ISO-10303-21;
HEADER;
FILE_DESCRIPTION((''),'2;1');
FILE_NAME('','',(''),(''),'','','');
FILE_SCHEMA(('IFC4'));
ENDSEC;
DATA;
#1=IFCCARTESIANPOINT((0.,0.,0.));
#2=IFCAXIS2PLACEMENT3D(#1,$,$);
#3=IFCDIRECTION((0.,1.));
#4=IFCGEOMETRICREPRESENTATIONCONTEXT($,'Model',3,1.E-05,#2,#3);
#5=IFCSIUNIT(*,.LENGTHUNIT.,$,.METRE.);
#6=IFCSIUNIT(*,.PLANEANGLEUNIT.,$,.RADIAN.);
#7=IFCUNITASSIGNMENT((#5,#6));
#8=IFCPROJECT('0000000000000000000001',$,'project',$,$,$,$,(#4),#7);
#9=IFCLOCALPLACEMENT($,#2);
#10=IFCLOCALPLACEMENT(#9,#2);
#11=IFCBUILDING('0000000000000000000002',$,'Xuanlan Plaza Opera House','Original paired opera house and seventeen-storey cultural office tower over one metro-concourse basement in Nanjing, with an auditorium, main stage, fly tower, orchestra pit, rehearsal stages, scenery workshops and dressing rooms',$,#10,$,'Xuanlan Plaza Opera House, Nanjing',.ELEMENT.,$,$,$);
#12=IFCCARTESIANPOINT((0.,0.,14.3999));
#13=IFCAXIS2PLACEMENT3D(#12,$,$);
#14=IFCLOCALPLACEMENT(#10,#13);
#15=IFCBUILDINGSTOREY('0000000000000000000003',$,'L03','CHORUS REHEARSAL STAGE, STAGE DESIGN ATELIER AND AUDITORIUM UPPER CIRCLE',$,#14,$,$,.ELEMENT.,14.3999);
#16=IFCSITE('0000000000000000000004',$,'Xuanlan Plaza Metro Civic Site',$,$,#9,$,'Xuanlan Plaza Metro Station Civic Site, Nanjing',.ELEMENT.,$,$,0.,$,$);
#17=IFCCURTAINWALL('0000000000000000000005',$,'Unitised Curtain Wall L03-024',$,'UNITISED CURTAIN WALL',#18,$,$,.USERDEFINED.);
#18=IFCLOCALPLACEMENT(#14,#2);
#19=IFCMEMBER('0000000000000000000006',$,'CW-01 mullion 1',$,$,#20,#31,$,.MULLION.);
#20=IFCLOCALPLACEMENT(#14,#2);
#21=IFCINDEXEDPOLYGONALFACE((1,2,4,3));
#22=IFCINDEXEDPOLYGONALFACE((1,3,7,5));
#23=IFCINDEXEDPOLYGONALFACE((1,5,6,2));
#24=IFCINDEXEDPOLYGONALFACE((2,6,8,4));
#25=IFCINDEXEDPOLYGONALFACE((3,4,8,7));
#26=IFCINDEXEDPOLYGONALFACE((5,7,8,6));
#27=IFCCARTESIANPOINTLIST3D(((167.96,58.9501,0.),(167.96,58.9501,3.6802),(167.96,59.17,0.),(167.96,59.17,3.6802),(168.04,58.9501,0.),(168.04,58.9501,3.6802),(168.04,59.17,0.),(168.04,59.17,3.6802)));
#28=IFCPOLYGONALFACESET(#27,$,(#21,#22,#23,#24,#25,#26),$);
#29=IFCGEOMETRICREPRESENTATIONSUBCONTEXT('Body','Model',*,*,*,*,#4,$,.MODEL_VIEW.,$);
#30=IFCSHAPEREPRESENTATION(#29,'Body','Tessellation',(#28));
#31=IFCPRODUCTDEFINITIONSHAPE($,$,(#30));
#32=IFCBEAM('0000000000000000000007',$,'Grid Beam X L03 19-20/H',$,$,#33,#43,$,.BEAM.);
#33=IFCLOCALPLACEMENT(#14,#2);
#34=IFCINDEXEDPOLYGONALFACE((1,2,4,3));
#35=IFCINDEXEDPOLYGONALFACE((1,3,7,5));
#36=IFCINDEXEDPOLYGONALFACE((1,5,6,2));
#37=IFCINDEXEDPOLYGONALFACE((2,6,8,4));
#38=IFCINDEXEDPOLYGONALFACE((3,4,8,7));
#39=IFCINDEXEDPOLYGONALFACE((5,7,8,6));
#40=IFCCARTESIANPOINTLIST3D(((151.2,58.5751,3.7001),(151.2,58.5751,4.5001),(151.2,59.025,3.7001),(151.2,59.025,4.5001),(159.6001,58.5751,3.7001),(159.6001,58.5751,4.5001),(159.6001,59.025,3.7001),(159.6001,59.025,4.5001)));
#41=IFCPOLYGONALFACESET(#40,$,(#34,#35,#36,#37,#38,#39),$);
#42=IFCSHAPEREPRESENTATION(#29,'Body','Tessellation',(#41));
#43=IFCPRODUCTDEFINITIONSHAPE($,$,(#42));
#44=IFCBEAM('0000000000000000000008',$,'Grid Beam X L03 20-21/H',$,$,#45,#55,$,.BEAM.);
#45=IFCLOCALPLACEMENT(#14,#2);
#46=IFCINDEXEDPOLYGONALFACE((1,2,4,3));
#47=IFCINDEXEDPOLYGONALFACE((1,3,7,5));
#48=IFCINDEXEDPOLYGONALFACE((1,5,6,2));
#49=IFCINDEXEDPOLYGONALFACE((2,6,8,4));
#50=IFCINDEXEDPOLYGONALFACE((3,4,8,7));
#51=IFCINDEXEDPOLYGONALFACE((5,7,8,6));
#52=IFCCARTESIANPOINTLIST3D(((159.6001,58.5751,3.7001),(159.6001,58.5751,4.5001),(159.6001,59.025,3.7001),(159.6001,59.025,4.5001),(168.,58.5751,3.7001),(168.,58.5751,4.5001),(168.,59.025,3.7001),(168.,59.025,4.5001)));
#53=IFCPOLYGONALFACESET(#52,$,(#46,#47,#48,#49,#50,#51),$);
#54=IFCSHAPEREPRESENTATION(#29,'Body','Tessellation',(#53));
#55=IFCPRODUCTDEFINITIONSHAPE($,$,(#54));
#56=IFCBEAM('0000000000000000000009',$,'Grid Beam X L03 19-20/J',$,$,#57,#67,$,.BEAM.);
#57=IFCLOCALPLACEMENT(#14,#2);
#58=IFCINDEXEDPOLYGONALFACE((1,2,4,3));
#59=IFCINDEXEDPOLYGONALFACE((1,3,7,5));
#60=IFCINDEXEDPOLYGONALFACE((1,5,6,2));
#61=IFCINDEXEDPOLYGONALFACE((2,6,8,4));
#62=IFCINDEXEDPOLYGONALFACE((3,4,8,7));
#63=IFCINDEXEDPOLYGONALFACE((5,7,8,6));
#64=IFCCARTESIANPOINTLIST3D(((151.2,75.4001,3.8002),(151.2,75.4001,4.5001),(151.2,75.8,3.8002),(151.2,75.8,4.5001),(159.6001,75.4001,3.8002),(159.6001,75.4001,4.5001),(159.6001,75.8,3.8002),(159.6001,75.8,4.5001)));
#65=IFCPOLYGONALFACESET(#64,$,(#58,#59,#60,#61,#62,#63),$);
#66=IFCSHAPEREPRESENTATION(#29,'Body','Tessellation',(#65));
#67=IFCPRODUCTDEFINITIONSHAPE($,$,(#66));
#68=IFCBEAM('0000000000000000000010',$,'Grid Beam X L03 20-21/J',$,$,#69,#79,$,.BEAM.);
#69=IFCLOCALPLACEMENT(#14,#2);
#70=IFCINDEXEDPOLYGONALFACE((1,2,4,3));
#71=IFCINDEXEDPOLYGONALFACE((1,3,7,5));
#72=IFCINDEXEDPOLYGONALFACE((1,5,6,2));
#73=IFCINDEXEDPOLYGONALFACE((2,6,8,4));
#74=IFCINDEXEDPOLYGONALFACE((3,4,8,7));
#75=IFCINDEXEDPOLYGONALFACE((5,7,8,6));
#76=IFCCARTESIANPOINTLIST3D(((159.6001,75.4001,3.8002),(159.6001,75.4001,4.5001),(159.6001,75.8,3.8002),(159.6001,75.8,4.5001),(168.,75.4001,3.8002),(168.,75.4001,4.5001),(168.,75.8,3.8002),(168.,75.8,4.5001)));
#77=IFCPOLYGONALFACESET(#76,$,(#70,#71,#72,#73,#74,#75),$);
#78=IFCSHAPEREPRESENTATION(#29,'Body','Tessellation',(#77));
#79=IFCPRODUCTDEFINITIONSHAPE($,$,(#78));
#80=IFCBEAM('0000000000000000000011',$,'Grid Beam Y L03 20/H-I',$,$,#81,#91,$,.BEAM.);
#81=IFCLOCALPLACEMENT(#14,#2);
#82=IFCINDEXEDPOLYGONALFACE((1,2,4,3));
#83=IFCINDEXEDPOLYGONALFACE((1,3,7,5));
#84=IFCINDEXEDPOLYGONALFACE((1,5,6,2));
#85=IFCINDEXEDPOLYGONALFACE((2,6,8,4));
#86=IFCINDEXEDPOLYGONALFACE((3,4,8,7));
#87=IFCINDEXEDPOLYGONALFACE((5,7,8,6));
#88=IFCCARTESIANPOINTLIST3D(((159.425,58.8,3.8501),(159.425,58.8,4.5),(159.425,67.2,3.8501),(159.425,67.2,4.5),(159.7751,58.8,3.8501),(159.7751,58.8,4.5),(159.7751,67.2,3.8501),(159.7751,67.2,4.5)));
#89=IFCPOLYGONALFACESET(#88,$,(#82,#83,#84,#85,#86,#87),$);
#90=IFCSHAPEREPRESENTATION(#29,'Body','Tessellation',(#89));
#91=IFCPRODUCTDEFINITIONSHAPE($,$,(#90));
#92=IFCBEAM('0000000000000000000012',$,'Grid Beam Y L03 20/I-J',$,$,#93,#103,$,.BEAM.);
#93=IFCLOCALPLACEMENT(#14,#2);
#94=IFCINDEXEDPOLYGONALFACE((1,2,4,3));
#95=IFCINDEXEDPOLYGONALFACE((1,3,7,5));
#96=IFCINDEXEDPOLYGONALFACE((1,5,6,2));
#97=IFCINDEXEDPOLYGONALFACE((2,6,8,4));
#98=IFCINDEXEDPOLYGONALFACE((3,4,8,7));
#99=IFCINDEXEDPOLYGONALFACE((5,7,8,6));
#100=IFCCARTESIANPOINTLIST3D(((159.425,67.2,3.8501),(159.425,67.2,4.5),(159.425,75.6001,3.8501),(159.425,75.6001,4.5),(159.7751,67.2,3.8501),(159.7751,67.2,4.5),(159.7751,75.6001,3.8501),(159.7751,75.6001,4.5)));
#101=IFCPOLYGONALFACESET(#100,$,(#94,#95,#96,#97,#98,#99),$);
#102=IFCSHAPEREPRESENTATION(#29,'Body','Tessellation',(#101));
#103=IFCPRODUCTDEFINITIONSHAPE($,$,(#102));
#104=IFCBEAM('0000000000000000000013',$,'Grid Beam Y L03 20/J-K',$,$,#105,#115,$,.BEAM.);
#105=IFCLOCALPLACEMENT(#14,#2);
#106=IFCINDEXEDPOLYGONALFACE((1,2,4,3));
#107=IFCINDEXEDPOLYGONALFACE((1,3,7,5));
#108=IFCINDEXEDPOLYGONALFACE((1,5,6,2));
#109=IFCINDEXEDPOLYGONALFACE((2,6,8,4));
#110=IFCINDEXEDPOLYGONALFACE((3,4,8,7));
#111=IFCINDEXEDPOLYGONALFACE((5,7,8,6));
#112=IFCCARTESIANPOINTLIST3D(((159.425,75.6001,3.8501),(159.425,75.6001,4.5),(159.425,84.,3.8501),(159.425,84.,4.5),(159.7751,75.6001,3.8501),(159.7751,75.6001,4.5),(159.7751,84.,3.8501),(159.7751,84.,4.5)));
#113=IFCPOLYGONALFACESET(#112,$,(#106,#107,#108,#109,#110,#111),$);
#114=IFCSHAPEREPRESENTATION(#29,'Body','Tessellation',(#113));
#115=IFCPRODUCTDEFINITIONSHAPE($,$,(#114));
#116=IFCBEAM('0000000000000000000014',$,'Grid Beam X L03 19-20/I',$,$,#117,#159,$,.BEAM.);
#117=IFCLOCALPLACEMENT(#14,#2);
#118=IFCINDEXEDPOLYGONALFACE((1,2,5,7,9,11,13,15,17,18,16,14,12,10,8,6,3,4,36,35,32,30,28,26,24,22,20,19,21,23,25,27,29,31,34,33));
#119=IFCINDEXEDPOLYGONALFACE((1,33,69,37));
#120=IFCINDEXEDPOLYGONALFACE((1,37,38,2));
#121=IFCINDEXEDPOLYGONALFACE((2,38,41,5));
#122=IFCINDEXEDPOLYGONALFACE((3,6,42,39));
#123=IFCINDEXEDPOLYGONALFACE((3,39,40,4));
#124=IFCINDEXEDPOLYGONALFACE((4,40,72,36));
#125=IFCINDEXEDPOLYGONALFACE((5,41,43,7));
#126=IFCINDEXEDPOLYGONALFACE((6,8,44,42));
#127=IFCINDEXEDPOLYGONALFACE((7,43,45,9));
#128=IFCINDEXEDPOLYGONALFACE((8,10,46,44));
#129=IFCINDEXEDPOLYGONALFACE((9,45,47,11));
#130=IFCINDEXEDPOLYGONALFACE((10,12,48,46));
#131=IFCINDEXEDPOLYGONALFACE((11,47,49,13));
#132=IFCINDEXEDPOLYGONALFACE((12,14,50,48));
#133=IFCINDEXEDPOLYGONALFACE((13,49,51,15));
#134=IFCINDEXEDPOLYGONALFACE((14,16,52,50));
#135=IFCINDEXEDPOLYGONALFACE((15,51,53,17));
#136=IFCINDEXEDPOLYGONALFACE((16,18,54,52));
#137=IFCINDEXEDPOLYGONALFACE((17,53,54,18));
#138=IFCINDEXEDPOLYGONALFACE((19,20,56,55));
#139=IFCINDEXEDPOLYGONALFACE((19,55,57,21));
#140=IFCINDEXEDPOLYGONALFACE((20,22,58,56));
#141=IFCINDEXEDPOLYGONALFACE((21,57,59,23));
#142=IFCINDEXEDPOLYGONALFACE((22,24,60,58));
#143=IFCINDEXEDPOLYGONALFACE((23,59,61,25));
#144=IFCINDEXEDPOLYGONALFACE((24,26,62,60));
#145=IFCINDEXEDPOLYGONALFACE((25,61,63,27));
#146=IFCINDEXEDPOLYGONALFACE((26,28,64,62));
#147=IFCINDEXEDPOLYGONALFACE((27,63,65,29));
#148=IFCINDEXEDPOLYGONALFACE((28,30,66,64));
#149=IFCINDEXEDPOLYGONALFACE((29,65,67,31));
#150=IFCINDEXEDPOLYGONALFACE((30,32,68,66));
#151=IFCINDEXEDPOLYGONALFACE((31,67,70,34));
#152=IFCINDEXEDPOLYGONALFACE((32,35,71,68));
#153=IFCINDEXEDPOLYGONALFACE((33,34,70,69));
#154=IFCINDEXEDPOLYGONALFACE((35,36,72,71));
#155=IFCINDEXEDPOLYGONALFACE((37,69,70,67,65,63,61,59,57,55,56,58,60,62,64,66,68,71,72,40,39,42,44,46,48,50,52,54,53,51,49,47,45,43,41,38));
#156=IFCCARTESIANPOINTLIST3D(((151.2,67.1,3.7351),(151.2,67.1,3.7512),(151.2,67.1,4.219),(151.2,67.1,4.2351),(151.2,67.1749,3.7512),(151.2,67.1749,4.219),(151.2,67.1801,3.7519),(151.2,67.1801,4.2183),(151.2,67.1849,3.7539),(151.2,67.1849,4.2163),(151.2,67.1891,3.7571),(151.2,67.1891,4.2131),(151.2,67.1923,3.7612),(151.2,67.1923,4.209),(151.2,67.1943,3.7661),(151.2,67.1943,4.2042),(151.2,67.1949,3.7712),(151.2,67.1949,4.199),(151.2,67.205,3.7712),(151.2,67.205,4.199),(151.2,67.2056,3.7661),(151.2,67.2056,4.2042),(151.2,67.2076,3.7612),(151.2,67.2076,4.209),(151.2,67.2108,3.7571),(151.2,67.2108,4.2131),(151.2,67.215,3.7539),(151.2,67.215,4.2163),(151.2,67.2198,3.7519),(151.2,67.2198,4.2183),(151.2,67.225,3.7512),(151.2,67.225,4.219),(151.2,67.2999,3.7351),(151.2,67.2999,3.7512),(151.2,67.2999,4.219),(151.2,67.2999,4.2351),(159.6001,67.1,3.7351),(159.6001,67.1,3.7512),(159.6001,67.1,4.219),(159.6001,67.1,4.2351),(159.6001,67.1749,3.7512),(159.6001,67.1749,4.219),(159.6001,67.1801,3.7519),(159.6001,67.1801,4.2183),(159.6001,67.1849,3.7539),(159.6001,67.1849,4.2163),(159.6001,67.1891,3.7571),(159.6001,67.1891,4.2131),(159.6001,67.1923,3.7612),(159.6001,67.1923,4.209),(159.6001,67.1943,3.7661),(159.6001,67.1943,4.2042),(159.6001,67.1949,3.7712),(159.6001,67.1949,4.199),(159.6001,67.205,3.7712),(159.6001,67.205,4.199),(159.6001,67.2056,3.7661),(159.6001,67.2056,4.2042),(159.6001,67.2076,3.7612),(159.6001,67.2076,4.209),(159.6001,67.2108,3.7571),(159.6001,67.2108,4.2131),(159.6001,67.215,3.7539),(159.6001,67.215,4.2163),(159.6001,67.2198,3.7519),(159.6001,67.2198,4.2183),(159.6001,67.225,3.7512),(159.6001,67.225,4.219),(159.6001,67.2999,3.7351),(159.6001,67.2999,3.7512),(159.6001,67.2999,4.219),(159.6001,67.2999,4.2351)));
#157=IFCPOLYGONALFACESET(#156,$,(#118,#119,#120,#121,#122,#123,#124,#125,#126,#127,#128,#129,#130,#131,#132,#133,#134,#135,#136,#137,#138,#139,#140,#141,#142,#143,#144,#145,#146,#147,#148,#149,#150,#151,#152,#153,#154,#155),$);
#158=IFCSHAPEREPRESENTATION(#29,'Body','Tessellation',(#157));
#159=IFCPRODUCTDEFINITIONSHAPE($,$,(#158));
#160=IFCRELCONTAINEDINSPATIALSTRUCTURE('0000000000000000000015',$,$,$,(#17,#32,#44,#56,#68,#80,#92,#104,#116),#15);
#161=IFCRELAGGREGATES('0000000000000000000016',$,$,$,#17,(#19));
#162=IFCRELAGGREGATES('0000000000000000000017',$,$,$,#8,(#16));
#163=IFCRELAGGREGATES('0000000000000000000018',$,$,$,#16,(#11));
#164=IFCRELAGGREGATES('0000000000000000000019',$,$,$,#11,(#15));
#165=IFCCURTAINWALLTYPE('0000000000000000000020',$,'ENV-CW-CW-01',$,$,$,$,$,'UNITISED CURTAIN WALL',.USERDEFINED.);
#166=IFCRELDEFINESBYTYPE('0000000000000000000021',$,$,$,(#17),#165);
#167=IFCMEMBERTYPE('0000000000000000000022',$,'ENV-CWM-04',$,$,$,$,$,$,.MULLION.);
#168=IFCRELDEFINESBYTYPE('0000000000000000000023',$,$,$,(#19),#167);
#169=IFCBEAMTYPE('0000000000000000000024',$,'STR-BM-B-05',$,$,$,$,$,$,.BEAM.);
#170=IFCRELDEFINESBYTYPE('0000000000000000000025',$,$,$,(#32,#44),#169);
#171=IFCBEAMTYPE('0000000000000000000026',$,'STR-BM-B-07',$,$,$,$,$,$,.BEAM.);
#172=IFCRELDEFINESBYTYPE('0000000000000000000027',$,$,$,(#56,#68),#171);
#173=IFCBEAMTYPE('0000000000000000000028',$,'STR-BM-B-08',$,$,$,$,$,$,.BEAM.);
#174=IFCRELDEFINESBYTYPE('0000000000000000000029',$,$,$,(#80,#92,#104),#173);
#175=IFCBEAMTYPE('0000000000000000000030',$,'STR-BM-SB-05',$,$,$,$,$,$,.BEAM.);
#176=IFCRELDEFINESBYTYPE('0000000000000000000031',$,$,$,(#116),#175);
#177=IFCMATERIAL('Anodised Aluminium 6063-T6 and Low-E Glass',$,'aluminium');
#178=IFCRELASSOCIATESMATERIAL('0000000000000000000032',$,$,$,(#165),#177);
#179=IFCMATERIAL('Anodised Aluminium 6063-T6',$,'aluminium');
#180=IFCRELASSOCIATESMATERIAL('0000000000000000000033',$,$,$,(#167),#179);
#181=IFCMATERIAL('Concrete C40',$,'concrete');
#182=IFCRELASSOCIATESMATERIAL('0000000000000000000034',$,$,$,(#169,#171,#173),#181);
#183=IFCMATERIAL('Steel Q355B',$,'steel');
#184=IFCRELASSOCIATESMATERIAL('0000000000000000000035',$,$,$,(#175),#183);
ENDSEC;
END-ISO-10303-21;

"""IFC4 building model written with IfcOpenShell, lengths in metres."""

from ifc_helpers import new_model, si_unit, direction, frame, origin, origin_2d, place, context, subcontext, project, spatial, rectangle, i_section, extrude, material, material_profile, profile_set, type_object, element, aggregate, save


model = new_model("IFC4")

# Units and contexts
model_context = context("Model", 3, precision=1e-05, world=origin(), true_north=direction((0.0, 1.0)))
body_context = subcontext(model_context, "Body", "Model", "MODEL_VIEW")
ifc_project = project(units=[si_unit("LENGTHUNIT", "METRE"), si_unit("PLANEANGLEUNIT", "RADIAN")], contexts=[model_context])

# Site, building, storey
site_placement = place(None, origin())
site = spatial("IfcSite", under=ifc_project, at=site_placement, Name="Xuanlan Plaza Metro Civic Site", LongName="Xuanlan Plaza Metro Station Civic Site, Nanjing", CompositionType="ELEMENT", RefElevation=0.0)
building_placement = place(site_placement, origin())
building = spatial("IfcBuilding", under=site, at=building_placement, Name="Xuanlan Plaza Opera House", Description="Original paired opera house and seventeen-storey cultural office tower over one metro-concourse basement in Nanjing, with an auditorium, main stage, fly tower, orchestra pit, rehearsal stages, scenery workshops and dressing rooms", LongName="Xuanlan Plaza Opera House, Nanjing", CompositionType="ELEMENT")
storey_placement = place(building_placement, frame((0.0, 0.0, 14.3999)))
storey = spatial("IfcBuildingStorey", under=building, at=storey_placement, Name="L03", Description="CHORUS REHEARSAL STAGE, STAGE DESIGN ATELIER AND AUDITORIUM UPPER CIRCLE", CompositionType="ELEMENT", Elevation=14.3999)

# Shared definitions
ifc_material_1 = material(Name="Steel Q355B", Category="steel")

# Curtain wall, member
ifc_material_2 = material(Name="Anodised Aluminium 6063-T6 and Low-E Glass", Category="aluminium")
ifc_material_3 = material(Name="Anodised Aluminium 6063-T6", Category="aluminium")
curtain_wall_type_1 = type_object("IfcCurtainWallType", Name="ENV-CW-CW-01", ElementType="UNITISED CURTAIN WALL", PredefinedType="USERDEFINED", material=ifc_material_2)
curtain_wall_1_placement = place(storey_placement, origin())
curtain_wall_1 = element("IfcCurtainWall", 1, at=curtain_wall_1_placement, inside=storey, type_object=curtain_wall_type_1, Name="Unitised Curtain Wall L03-024", ObjectType="UNITISED CURTAIN WALL", PredefinedType="USERDEFINED")
ifc_material_profile_1 = material_profile(ifc_material_3, rectangle(XDim=0.0801, YDim=0.22, at=origin_2d()), Name="ALU-M 80x220")
ifc_profile_set_1 = profile_set([ifc_material_profile_1], Name="Anodised Aluminium 6063-T6")
member_type_1 = type_object("IfcMemberType", Name="ENV-CWM-04", PredefinedType="MULLION", material=ifc_profile_set_1)
member_1_placement = place(storey_placement, frame((168.0, 59.0601, 0.0), z_axis=(0.0, 0.0, 1.0), x_axis=(-1.0, 0.0, 0.0)))
member_1 = element("IfcMember", 2, at=member_1_placement, type_object=member_type_1, Name="CW-01 mullion 1", PredefinedType="MULLION", context=body_context, shape_type="SweptSolid", body=[
    extrude(rectangle(XDim=0.0801, YDim=0.22, at=origin_2d()), origin(), (0.0, 0.0, 1.0), 3.6802),
])
aggregate(curtain_wall_1, [member_1])

# Beams
ifc_material_4 = material(Name="Concrete C40", Category="concrete")
ifc_material_profile_2 = material_profile(ifc_material_4, rectangle(XDim=0.45, YDim=0.8, at=origin_2d()), Name="RC-BM 450x800")
ifc_profile_set_2 = profile_set([ifc_material_profile_2], Name="Concrete C40")
beam_type_1 = type_object("IfcBeamType", Name="STR-BM-B-05", PredefinedType="BEAM", material=ifc_profile_set_2)
beam_1_placement = place(storey_placement, frame((151.2, 58.8, 4.1001), z_axis=(1.0, 0.0, 0.0), x_axis=(0.0, 1.0, 0.0)))
element("IfcBeam", 3, at=beam_1_placement, inside=storey, type_object=beam_type_1, Name="Grid Beam X L03 19-20/H", PredefinedType="BEAM", context=body_context, shape_type="SweptSolid", body=[
    extrude(rectangle(XDim=0.45, YDim=0.8, at=origin_2d()), origin(), (0.0, 0.0, 1.0), 8.4001),
])
beam_2_placement = place(storey_placement, frame((159.6001, 58.8, 4.1001), z_axis=(1.0, 0.0, 0.0), x_axis=(0.0, 1.0, 0.0)))
element("IfcBeam", 4, at=beam_2_placement, inside=storey, type_object=beam_type_1, Name="Grid Beam X L03 20-21/H", PredefinedType="BEAM", context=body_context, shape_type="SweptSolid", body=[
    extrude(rectangle(XDim=0.45, YDim=0.8, at=origin_2d()), origin(), (0.0, 0.0, 1.0), 8.3999),
])
ifc_material_profile_3 = material_profile(ifc_material_4, rectangle(XDim=0.3999, YDim=0.7, at=origin_2d()), Name="RC-BM 400x700")
ifc_profile_set_3 = profile_set([ifc_material_profile_3], Name="Concrete C40")
beam_type_2 = type_object("IfcBeamType", Name="STR-BM-B-07", PredefinedType="BEAM", material=ifc_profile_set_3)
beam_3_placement = place(storey_placement, frame((151.2, 75.6001, 4.1501), z_axis=(1.0, 0.0, 0.0), x_axis=(0.0, 1.0, 0.0)))
element("IfcBeam", 5, at=beam_3_placement, inside=storey, type_object=beam_type_2, Name="Grid Beam X L03 19-20/J", PredefinedType="BEAM", context=body_context, shape_type="SweptSolid", body=[
    extrude(rectangle(XDim=0.3999, YDim=0.7, at=origin_2d()), origin(), (0.0, 0.0, 1.0), 8.4001),
])
beam_4_placement = place(storey_placement, frame((159.6001, 75.6001, 4.1501), z_axis=(1.0, 0.0, 0.0), x_axis=(0.0, 1.0, 0.0)))
element("IfcBeam", 6, at=beam_4_placement, inside=storey, type_object=beam_type_2, Name="Grid Beam X L03 20-21/J", PredefinedType="BEAM", context=body_context, shape_type="SweptSolid", body=[
    extrude(rectangle(XDim=0.3999, YDim=0.7, at=origin_2d()), origin(), (0.0, 0.0, 1.0), 8.3999),
])
ifc_material_profile_4 = material_profile(ifc_material_4, rectangle(XDim=0.3501, YDim=0.6499, at=origin_2d()), Name="RC-BM 350x650")
ifc_profile_set_4 = profile_set([ifc_material_profile_4], Name="Concrete C40")
beam_type_3 = type_object("IfcBeamType", Name="STR-BM-B-08", PredefinedType="BEAM", material=ifc_profile_set_4)
beam_5_placement = place(storey_placement, frame((159.6001, 58.8, 4.175), z_axis=(0.0, 1.0, 0.0), x_axis=(-1.0, 0.0, 0.0)))
element("IfcBeam", 7, at=beam_5_placement, inside=storey, type_object=beam_type_3, Name="Grid Beam Y L03 20/H-I", PredefinedType="BEAM", context=body_context, shape_type="SweptSolid", body=[
    extrude(rectangle(XDim=0.3501, YDim=0.6499, at=origin_2d()), origin(), (0.0, 0.0, 1.0), 8.3999),
])
beam_6_placement = place(storey_placement, frame((159.6001, 67.2, 4.175), z_axis=(0.0, 1.0, 0.0), x_axis=(-1.0, 0.0, 0.0)))
element("IfcBeam", 8, at=beam_6_placement, inside=storey, type_object=beam_type_3, Name="Grid Beam Y L03 20/I-J", PredefinedType="BEAM", context=body_context, shape_type="SweptSolid", body=[
    extrude(rectangle(XDim=0.3501, YDim=0.6499, at=origin_2d()), origin(), (0.0, 0.0, 1.0), 8.4001),
])
beam_7_placement = place(storey_placement, frame((159.6001, 75.6001, 4.175), z_axis=(0.0, 1.0, 0.0), x_axis=(-1.0, 0.0, 0.0)))
element("IfcBeam", 9, at=beam_7_placement, inside=storey, type_object=beam_type_3, Name="Grid Beam Y L03 20/J-K", PredefinedType="BEAM", context=body_context, shape_type="SweptSolid", body=[
    extrude(rectangle(XDim=0.3501, YDim=0.6499, at=origin_2d()), origin(), (0.0, 0.0, 1.0), 8.3999),
])
ifc_material_profile_5 = material_profile(ifc_material_1, i_section(OverallWidth=0.2, OverallDepth=0.5, WebThickness=0.01, FlangeThickness=0.0161, FilletRadius=0.02, at=origin_2d()), Name="HN 500x200x10x16")
ifc_profile_set_5 = profile_set([ifc_material_profile_5], Name="Steel Q355B")
beam_type_4 = type_object("IfcBeamType", Name="STR-BM-SB-05", PredefinedType="BEAM", material=ifc_profile_set_5)
beam_8_placement = place(storey_placement, frame((151.2, 67.2, 3.9851), z_axis=(1.0, 0.0, 0.0), x_axis=(0.0, 1.0, 0.0)))
element("IfcBeam", 10, at=beam_8_placement, inside=storey, type_object=beam_type_4, Name="Grid Beam X L03 19-20/I", PredefinedType="BEAM", context=body_context, shape_type="SweptSolid", body=[
    extrude(i_section(OverallWidth=0.2, OverallDepth=0.5, WebThickness=0.01, FlangeThickness=0.0161, FilletRadius=0.02, at=origin_2d()), origin(), (0.0, 0.0, 1.0), 8.4001),
])

save(model, "model.ifc")
